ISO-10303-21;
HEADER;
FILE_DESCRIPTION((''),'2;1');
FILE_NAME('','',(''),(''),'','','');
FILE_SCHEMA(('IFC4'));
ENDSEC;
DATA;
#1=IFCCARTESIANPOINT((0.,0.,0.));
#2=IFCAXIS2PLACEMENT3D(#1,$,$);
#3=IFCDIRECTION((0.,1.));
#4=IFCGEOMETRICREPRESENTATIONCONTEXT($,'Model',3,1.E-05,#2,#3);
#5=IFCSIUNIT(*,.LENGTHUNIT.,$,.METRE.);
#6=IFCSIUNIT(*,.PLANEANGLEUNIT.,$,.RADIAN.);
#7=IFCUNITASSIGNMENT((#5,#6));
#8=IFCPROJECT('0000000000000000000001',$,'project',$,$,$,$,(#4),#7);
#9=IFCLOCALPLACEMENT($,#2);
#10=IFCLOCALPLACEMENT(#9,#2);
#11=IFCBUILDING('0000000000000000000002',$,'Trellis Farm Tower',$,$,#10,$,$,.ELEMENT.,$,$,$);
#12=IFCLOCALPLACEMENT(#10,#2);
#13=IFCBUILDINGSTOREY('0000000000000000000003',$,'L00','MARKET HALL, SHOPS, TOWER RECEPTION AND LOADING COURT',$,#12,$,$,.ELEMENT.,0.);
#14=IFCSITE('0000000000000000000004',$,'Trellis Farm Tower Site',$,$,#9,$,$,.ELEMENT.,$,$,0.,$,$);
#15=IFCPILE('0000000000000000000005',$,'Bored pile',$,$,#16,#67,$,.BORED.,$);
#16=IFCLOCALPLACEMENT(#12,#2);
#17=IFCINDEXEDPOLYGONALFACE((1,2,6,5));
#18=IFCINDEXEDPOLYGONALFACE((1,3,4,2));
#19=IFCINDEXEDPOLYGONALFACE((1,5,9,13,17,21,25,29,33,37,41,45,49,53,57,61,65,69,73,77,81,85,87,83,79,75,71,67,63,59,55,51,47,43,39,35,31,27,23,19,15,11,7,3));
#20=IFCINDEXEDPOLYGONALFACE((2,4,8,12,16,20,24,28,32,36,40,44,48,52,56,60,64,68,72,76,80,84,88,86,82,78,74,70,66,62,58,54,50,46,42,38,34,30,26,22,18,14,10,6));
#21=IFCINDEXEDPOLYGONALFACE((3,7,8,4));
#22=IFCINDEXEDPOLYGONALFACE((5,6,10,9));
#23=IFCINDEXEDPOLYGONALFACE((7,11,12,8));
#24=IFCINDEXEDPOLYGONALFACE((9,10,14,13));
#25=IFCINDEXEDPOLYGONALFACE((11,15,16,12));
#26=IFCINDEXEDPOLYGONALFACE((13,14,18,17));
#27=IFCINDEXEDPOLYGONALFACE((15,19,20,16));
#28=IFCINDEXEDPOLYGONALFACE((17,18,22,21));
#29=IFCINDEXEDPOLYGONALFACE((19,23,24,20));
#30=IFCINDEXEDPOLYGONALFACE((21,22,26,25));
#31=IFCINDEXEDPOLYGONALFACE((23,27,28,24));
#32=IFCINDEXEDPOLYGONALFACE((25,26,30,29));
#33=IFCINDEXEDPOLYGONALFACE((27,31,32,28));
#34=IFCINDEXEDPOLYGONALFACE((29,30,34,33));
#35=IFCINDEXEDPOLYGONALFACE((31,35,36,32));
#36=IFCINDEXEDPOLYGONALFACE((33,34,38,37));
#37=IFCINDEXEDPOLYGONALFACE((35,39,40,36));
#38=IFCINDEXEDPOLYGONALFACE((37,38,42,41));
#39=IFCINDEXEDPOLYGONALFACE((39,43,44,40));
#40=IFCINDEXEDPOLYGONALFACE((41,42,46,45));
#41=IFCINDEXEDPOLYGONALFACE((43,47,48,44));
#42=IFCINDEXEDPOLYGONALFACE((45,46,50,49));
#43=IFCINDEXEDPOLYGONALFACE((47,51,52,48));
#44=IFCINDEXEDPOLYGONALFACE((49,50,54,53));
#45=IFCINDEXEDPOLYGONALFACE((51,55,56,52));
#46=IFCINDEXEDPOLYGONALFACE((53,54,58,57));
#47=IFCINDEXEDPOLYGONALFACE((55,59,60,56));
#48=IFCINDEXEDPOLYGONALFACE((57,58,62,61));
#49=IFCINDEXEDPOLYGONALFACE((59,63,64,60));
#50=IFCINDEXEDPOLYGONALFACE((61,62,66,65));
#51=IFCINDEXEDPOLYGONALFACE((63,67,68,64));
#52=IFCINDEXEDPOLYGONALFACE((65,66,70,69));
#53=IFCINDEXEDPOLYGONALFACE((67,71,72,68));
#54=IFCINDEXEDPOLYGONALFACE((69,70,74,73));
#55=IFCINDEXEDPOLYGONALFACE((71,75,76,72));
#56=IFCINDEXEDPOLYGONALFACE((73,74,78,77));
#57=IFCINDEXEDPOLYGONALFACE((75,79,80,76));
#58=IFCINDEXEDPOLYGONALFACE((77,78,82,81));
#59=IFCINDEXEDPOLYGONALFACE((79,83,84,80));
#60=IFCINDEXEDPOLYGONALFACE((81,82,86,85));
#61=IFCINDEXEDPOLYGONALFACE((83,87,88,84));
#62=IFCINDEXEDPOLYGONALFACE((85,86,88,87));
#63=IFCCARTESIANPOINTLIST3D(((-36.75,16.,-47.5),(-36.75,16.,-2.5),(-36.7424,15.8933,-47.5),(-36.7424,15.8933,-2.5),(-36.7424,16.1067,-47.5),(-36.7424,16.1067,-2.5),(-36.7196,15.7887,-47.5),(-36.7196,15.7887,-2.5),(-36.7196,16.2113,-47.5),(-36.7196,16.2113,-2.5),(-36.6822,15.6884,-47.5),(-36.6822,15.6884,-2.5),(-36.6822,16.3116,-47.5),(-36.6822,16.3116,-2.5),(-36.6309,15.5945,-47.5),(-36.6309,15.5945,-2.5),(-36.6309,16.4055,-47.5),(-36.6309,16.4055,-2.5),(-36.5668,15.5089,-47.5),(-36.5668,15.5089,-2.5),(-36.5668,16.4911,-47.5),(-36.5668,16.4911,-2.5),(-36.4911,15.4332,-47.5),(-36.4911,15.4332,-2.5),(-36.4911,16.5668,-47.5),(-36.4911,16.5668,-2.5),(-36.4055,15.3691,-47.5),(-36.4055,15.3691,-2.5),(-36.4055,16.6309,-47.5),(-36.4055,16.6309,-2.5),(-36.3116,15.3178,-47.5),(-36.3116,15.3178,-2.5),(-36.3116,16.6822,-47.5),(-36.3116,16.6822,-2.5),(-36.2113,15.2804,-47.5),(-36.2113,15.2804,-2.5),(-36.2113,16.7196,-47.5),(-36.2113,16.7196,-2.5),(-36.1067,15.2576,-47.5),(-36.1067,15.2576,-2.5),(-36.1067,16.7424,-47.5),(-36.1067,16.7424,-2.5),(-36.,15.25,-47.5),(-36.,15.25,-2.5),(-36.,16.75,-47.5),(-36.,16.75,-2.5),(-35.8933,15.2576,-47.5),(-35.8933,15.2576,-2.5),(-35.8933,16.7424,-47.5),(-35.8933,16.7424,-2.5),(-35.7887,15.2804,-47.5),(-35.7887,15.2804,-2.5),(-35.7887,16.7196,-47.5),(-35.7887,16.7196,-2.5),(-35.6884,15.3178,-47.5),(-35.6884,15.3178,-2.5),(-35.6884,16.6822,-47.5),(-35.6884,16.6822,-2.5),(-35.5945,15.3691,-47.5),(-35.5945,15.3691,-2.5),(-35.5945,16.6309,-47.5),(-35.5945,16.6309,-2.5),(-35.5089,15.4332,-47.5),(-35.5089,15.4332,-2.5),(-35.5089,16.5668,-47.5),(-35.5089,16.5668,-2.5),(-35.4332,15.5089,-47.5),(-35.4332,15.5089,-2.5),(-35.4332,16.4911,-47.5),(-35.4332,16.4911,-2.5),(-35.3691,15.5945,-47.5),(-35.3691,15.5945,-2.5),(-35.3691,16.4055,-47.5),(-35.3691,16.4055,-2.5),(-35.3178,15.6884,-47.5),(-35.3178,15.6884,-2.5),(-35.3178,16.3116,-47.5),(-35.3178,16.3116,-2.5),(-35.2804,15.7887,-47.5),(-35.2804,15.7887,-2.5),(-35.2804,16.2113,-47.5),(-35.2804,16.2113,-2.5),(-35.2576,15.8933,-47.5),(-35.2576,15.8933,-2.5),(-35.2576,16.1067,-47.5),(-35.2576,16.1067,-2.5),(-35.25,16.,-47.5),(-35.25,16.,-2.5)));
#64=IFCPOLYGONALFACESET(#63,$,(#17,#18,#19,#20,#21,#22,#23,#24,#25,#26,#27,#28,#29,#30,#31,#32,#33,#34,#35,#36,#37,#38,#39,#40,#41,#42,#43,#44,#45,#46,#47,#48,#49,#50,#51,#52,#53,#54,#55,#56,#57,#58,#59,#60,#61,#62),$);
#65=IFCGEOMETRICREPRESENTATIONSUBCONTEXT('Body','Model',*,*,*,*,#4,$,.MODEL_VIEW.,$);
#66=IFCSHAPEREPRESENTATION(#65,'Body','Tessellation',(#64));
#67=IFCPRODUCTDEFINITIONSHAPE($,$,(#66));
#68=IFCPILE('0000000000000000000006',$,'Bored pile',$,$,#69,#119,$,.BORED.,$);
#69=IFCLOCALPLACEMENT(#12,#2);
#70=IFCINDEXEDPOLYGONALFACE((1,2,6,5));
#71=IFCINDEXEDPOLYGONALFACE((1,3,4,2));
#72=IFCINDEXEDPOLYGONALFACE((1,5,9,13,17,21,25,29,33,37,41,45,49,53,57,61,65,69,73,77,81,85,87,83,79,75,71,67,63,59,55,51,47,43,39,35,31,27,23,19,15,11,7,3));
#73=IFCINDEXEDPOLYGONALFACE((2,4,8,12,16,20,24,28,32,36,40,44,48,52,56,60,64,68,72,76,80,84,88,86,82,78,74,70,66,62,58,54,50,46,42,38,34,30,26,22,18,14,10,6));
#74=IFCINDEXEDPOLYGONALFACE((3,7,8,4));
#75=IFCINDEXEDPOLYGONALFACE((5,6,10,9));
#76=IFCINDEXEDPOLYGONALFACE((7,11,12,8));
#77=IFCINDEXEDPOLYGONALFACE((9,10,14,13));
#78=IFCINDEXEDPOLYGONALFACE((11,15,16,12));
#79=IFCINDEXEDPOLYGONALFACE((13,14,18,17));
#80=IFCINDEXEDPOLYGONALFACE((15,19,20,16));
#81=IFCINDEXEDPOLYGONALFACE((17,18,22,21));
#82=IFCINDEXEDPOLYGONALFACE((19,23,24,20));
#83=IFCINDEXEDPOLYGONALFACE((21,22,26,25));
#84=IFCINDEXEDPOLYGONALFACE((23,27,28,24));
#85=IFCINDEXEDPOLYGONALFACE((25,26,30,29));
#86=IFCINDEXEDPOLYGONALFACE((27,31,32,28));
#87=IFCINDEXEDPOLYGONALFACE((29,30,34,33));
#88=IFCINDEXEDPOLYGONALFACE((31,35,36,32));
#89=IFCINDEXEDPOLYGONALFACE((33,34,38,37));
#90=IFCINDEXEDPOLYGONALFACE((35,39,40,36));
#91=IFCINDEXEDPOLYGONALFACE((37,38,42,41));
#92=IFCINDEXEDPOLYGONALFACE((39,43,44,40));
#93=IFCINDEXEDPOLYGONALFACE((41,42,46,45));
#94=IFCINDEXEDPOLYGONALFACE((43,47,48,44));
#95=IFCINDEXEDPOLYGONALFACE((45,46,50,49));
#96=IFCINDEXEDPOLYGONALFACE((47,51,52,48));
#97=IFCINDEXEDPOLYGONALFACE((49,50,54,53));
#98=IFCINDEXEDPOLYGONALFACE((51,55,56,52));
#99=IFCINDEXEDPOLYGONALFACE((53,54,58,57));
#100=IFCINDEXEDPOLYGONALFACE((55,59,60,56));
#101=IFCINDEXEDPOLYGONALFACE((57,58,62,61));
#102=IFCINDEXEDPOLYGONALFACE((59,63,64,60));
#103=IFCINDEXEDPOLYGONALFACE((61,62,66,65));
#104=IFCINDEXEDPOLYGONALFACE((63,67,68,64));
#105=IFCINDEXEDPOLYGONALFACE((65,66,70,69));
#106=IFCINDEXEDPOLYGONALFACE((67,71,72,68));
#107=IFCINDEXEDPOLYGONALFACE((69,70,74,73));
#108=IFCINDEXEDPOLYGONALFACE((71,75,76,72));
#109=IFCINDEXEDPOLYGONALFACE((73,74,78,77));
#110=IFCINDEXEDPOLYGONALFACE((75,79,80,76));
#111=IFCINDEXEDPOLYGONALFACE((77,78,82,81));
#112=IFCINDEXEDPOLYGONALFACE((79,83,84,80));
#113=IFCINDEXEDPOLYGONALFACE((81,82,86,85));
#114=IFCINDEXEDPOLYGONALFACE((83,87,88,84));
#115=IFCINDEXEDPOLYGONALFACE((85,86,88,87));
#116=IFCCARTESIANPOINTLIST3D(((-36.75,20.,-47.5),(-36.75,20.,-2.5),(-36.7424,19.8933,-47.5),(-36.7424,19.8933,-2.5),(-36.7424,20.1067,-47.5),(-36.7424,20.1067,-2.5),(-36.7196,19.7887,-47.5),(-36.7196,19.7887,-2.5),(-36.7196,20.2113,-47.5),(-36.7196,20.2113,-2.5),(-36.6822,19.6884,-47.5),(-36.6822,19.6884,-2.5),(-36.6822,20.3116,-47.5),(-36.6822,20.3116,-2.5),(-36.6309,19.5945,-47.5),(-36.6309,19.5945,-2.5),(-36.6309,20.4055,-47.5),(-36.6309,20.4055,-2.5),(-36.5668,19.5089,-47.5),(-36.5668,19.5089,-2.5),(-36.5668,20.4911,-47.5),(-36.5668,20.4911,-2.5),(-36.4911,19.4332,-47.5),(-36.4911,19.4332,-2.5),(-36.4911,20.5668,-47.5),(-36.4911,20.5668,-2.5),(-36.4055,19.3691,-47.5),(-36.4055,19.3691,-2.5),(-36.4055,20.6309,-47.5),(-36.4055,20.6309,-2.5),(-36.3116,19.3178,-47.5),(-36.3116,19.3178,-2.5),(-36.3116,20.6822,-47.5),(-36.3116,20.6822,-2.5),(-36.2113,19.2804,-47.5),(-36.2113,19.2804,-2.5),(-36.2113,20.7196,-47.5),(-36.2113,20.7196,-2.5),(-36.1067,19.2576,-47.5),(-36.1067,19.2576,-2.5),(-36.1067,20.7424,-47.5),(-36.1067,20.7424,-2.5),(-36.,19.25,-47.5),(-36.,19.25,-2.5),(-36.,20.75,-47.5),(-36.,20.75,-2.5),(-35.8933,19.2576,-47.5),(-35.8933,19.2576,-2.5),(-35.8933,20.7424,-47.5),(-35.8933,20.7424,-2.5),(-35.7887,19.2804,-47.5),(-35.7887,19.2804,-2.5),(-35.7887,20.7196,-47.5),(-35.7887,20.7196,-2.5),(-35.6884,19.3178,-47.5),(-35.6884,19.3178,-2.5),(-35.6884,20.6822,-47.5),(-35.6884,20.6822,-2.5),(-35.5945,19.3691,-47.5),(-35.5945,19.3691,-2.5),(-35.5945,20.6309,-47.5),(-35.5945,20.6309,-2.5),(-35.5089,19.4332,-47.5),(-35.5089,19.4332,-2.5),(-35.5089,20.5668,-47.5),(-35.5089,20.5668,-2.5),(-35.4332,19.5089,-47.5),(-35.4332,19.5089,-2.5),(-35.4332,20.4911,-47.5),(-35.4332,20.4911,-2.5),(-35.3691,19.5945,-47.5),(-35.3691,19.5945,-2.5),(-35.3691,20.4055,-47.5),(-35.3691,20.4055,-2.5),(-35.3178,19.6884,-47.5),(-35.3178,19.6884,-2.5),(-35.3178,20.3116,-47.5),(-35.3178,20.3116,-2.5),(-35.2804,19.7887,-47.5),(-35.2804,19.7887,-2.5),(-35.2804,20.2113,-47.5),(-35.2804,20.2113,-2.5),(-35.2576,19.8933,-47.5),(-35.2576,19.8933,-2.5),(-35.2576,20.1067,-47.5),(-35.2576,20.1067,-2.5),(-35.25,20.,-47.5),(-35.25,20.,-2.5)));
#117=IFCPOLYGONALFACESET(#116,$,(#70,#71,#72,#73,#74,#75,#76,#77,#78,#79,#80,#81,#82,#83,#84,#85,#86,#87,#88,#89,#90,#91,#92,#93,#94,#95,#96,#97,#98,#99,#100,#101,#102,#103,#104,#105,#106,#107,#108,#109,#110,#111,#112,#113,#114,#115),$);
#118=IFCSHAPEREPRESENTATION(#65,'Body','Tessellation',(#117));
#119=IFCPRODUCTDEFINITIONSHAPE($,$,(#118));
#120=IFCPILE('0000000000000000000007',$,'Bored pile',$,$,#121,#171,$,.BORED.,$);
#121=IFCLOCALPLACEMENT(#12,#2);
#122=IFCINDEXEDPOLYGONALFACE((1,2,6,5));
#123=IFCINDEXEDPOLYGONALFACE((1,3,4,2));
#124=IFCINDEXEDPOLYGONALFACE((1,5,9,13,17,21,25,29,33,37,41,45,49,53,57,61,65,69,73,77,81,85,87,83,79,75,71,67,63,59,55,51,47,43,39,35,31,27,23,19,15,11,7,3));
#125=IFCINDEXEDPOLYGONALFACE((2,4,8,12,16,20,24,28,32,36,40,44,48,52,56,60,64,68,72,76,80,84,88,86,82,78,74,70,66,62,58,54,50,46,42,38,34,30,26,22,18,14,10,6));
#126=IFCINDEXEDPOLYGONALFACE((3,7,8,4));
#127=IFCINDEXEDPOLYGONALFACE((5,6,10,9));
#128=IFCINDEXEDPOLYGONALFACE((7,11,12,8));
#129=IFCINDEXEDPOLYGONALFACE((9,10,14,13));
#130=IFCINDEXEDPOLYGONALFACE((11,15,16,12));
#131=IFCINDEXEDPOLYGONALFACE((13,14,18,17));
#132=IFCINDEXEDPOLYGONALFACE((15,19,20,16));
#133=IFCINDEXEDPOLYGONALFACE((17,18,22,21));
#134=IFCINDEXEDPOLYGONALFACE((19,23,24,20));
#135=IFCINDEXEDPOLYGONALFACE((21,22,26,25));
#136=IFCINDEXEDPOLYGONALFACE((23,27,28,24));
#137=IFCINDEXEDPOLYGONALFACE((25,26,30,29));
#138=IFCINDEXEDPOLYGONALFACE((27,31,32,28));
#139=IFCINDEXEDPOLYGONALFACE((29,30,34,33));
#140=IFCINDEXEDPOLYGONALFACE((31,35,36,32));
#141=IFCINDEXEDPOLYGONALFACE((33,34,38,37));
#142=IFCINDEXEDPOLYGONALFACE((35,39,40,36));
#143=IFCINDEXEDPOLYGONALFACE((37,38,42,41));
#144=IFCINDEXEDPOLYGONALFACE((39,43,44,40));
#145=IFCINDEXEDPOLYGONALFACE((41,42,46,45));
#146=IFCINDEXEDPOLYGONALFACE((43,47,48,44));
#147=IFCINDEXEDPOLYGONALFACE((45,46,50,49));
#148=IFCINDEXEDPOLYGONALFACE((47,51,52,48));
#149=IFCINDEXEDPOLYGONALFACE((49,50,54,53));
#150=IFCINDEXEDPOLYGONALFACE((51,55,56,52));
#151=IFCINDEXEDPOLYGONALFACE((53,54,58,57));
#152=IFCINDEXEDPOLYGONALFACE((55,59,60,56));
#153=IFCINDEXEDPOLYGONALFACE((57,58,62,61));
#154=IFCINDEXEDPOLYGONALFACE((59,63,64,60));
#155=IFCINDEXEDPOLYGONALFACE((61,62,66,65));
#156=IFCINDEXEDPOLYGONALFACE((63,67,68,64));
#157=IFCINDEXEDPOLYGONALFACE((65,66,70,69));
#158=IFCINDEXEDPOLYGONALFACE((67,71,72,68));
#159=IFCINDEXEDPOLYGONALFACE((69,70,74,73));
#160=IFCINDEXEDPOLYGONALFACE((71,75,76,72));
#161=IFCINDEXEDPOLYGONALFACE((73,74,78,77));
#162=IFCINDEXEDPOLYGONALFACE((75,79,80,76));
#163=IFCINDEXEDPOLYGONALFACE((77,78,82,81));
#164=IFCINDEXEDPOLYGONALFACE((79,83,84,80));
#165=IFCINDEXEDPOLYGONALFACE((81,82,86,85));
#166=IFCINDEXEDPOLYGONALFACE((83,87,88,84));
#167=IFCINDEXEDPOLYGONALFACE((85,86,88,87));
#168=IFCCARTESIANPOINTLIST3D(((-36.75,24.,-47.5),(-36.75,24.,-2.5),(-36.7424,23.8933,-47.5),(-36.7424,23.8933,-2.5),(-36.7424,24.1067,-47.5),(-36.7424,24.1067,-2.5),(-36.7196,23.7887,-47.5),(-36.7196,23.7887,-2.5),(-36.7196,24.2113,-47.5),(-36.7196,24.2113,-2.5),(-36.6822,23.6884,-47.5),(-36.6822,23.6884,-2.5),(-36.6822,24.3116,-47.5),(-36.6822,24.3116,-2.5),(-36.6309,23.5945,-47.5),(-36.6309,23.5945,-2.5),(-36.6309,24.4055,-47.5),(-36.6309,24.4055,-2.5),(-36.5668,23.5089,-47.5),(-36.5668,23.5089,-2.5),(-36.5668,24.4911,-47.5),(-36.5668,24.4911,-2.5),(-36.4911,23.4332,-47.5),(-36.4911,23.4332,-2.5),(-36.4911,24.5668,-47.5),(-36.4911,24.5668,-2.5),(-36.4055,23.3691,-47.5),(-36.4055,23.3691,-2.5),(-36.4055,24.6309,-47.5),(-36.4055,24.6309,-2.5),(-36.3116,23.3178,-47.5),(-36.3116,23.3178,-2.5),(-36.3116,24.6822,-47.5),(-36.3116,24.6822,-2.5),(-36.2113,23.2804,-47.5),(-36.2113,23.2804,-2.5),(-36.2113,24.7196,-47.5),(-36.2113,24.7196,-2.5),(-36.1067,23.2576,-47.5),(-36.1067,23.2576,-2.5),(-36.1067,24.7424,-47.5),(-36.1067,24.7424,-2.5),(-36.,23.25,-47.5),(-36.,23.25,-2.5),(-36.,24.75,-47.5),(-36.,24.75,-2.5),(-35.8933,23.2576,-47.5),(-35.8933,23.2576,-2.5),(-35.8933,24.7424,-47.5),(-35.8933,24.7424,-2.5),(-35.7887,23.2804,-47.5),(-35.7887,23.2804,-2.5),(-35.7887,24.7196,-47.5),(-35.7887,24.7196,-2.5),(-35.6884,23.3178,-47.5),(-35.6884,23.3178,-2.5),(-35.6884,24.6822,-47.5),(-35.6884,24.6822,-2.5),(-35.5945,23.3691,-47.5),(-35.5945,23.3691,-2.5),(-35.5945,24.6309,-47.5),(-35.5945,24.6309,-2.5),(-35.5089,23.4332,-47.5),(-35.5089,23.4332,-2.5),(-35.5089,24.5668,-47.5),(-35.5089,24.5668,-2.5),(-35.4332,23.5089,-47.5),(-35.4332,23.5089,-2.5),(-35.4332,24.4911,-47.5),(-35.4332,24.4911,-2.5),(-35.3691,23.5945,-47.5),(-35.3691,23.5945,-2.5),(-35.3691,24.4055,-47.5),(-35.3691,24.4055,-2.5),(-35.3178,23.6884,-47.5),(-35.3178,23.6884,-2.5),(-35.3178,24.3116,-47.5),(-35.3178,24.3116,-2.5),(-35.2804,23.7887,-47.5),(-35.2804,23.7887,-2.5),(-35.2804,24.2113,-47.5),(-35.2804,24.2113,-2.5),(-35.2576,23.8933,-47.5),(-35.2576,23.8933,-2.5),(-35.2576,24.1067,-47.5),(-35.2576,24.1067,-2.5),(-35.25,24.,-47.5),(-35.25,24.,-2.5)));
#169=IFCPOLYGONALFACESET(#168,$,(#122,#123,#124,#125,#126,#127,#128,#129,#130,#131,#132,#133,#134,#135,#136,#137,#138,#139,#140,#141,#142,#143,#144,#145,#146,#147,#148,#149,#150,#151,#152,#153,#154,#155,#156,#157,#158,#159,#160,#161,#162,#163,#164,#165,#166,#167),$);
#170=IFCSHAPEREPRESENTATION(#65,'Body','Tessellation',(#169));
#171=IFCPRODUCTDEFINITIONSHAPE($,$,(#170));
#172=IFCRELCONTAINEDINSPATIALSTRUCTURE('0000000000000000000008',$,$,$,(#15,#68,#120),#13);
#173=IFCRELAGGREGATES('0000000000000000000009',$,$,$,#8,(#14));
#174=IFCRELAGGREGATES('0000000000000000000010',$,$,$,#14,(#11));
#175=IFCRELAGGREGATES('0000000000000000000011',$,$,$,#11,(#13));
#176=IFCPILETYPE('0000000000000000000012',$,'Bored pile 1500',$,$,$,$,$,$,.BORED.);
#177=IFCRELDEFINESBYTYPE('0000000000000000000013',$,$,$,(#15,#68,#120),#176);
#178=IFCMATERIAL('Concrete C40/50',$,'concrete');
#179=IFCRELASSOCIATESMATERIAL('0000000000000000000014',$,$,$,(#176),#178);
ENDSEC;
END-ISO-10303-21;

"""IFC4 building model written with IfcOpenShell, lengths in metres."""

from ifc_helpers import new_model, si_unit, direction, frame, origin, origin_2d, place, context, subcontext, project, spatial, circle, extrude, source, transform, mapped, material, material_profile, profile_set, type_object, element, save


model = new_model("IFC4")

# Units and contexts
model_context = context("Model", 3, precision=1e-05, world=origin(), true_north=direction((0.0, 1.0)))
body_context = subcontext(model_context, "Body", "Model", "MODEL_VIEW")
ifc_project = project(units=[si_unit("LENGTHUNIT", "METRE"), si_unit("PLANEANGLEUNIT", "RADIAN")], contexts=[model_context])

# Site, building, storey
site_placement = place(None, origin())
site = spatial("IfcSite", under=ifc_project, at=site_placement, Name="Trellis Farm Tower Site", CompositionType="ELEMENT", RefElevation=0.0)
building_placement = place(site_placement, origin())
building = spatial("IfcBuilding", under=site, at=building_placement, Name="Trellis Farm Tower", CompositionType="ELEMENT")
storey_placement = place(building_placement, origin())
storey = spatial("IfcBuildingStorey", under=building, at=storey_placement, Name="L00", Description="MARKET HALL, SHOPS, TOWER RECEPTION AND LOADING COURT", CompositionType="ELEMENT", Elevation=0.0)

# Piles
ifc_material_1 = material(Name="Concrete C40/50", Category="concrete")
ifc_material_profile_1 = material_profile(ifc_material_1, circle(Radius=0.75, at=origin_2d()), Name="Bored pile 1500")
ifc_profile_set_1 = profile_set([ifc_material_profile_1], Name="Concrete C40/50")
pile_type = type_object("IfcPileType", Name="Bored pile 1500", PredefinedType="BORED", material=ifc_profile_set_1)
shared_shape_1 = source(origin(), body_context, "Body", "SweptSolid", [
    extrude(circle(Radius=0.75, at=origin_2d()), origin(), (0.0, 0.0, 1.0), 45.0),
])
for number, where, z_axis, x_axis, name in (
    (1, (-36.0, 16.0, -2.5), (0.0, 0.0, -1.0), (1.0, 0.0, 0.0), "Bored pile"),
    (2, (-36.0, 20.0, -2.5), (0.0, 0.0, -1.0), (1.0, 0.0, 0.0), "Bored pile"),
    (3, (-36.0, 24.0, -2.5), (0.0, 0.0, -1.0), (1.0, 0.0, 0.0), "Bored pile"),
):
    element("IfcPile", number, at=place(storey_placement, frame(where, z_axis=z_axis, x_axis=x_axis)), inside=storey, type_object=pile_type, Name=name, PredefinedType="BORED", context=body_context, shape_type="MappedRepresentation", body=[
        mapped(shared_shape_1, transform((0.0, 0.0, 0.0))),
    ])

save(model, "model.ifc")
